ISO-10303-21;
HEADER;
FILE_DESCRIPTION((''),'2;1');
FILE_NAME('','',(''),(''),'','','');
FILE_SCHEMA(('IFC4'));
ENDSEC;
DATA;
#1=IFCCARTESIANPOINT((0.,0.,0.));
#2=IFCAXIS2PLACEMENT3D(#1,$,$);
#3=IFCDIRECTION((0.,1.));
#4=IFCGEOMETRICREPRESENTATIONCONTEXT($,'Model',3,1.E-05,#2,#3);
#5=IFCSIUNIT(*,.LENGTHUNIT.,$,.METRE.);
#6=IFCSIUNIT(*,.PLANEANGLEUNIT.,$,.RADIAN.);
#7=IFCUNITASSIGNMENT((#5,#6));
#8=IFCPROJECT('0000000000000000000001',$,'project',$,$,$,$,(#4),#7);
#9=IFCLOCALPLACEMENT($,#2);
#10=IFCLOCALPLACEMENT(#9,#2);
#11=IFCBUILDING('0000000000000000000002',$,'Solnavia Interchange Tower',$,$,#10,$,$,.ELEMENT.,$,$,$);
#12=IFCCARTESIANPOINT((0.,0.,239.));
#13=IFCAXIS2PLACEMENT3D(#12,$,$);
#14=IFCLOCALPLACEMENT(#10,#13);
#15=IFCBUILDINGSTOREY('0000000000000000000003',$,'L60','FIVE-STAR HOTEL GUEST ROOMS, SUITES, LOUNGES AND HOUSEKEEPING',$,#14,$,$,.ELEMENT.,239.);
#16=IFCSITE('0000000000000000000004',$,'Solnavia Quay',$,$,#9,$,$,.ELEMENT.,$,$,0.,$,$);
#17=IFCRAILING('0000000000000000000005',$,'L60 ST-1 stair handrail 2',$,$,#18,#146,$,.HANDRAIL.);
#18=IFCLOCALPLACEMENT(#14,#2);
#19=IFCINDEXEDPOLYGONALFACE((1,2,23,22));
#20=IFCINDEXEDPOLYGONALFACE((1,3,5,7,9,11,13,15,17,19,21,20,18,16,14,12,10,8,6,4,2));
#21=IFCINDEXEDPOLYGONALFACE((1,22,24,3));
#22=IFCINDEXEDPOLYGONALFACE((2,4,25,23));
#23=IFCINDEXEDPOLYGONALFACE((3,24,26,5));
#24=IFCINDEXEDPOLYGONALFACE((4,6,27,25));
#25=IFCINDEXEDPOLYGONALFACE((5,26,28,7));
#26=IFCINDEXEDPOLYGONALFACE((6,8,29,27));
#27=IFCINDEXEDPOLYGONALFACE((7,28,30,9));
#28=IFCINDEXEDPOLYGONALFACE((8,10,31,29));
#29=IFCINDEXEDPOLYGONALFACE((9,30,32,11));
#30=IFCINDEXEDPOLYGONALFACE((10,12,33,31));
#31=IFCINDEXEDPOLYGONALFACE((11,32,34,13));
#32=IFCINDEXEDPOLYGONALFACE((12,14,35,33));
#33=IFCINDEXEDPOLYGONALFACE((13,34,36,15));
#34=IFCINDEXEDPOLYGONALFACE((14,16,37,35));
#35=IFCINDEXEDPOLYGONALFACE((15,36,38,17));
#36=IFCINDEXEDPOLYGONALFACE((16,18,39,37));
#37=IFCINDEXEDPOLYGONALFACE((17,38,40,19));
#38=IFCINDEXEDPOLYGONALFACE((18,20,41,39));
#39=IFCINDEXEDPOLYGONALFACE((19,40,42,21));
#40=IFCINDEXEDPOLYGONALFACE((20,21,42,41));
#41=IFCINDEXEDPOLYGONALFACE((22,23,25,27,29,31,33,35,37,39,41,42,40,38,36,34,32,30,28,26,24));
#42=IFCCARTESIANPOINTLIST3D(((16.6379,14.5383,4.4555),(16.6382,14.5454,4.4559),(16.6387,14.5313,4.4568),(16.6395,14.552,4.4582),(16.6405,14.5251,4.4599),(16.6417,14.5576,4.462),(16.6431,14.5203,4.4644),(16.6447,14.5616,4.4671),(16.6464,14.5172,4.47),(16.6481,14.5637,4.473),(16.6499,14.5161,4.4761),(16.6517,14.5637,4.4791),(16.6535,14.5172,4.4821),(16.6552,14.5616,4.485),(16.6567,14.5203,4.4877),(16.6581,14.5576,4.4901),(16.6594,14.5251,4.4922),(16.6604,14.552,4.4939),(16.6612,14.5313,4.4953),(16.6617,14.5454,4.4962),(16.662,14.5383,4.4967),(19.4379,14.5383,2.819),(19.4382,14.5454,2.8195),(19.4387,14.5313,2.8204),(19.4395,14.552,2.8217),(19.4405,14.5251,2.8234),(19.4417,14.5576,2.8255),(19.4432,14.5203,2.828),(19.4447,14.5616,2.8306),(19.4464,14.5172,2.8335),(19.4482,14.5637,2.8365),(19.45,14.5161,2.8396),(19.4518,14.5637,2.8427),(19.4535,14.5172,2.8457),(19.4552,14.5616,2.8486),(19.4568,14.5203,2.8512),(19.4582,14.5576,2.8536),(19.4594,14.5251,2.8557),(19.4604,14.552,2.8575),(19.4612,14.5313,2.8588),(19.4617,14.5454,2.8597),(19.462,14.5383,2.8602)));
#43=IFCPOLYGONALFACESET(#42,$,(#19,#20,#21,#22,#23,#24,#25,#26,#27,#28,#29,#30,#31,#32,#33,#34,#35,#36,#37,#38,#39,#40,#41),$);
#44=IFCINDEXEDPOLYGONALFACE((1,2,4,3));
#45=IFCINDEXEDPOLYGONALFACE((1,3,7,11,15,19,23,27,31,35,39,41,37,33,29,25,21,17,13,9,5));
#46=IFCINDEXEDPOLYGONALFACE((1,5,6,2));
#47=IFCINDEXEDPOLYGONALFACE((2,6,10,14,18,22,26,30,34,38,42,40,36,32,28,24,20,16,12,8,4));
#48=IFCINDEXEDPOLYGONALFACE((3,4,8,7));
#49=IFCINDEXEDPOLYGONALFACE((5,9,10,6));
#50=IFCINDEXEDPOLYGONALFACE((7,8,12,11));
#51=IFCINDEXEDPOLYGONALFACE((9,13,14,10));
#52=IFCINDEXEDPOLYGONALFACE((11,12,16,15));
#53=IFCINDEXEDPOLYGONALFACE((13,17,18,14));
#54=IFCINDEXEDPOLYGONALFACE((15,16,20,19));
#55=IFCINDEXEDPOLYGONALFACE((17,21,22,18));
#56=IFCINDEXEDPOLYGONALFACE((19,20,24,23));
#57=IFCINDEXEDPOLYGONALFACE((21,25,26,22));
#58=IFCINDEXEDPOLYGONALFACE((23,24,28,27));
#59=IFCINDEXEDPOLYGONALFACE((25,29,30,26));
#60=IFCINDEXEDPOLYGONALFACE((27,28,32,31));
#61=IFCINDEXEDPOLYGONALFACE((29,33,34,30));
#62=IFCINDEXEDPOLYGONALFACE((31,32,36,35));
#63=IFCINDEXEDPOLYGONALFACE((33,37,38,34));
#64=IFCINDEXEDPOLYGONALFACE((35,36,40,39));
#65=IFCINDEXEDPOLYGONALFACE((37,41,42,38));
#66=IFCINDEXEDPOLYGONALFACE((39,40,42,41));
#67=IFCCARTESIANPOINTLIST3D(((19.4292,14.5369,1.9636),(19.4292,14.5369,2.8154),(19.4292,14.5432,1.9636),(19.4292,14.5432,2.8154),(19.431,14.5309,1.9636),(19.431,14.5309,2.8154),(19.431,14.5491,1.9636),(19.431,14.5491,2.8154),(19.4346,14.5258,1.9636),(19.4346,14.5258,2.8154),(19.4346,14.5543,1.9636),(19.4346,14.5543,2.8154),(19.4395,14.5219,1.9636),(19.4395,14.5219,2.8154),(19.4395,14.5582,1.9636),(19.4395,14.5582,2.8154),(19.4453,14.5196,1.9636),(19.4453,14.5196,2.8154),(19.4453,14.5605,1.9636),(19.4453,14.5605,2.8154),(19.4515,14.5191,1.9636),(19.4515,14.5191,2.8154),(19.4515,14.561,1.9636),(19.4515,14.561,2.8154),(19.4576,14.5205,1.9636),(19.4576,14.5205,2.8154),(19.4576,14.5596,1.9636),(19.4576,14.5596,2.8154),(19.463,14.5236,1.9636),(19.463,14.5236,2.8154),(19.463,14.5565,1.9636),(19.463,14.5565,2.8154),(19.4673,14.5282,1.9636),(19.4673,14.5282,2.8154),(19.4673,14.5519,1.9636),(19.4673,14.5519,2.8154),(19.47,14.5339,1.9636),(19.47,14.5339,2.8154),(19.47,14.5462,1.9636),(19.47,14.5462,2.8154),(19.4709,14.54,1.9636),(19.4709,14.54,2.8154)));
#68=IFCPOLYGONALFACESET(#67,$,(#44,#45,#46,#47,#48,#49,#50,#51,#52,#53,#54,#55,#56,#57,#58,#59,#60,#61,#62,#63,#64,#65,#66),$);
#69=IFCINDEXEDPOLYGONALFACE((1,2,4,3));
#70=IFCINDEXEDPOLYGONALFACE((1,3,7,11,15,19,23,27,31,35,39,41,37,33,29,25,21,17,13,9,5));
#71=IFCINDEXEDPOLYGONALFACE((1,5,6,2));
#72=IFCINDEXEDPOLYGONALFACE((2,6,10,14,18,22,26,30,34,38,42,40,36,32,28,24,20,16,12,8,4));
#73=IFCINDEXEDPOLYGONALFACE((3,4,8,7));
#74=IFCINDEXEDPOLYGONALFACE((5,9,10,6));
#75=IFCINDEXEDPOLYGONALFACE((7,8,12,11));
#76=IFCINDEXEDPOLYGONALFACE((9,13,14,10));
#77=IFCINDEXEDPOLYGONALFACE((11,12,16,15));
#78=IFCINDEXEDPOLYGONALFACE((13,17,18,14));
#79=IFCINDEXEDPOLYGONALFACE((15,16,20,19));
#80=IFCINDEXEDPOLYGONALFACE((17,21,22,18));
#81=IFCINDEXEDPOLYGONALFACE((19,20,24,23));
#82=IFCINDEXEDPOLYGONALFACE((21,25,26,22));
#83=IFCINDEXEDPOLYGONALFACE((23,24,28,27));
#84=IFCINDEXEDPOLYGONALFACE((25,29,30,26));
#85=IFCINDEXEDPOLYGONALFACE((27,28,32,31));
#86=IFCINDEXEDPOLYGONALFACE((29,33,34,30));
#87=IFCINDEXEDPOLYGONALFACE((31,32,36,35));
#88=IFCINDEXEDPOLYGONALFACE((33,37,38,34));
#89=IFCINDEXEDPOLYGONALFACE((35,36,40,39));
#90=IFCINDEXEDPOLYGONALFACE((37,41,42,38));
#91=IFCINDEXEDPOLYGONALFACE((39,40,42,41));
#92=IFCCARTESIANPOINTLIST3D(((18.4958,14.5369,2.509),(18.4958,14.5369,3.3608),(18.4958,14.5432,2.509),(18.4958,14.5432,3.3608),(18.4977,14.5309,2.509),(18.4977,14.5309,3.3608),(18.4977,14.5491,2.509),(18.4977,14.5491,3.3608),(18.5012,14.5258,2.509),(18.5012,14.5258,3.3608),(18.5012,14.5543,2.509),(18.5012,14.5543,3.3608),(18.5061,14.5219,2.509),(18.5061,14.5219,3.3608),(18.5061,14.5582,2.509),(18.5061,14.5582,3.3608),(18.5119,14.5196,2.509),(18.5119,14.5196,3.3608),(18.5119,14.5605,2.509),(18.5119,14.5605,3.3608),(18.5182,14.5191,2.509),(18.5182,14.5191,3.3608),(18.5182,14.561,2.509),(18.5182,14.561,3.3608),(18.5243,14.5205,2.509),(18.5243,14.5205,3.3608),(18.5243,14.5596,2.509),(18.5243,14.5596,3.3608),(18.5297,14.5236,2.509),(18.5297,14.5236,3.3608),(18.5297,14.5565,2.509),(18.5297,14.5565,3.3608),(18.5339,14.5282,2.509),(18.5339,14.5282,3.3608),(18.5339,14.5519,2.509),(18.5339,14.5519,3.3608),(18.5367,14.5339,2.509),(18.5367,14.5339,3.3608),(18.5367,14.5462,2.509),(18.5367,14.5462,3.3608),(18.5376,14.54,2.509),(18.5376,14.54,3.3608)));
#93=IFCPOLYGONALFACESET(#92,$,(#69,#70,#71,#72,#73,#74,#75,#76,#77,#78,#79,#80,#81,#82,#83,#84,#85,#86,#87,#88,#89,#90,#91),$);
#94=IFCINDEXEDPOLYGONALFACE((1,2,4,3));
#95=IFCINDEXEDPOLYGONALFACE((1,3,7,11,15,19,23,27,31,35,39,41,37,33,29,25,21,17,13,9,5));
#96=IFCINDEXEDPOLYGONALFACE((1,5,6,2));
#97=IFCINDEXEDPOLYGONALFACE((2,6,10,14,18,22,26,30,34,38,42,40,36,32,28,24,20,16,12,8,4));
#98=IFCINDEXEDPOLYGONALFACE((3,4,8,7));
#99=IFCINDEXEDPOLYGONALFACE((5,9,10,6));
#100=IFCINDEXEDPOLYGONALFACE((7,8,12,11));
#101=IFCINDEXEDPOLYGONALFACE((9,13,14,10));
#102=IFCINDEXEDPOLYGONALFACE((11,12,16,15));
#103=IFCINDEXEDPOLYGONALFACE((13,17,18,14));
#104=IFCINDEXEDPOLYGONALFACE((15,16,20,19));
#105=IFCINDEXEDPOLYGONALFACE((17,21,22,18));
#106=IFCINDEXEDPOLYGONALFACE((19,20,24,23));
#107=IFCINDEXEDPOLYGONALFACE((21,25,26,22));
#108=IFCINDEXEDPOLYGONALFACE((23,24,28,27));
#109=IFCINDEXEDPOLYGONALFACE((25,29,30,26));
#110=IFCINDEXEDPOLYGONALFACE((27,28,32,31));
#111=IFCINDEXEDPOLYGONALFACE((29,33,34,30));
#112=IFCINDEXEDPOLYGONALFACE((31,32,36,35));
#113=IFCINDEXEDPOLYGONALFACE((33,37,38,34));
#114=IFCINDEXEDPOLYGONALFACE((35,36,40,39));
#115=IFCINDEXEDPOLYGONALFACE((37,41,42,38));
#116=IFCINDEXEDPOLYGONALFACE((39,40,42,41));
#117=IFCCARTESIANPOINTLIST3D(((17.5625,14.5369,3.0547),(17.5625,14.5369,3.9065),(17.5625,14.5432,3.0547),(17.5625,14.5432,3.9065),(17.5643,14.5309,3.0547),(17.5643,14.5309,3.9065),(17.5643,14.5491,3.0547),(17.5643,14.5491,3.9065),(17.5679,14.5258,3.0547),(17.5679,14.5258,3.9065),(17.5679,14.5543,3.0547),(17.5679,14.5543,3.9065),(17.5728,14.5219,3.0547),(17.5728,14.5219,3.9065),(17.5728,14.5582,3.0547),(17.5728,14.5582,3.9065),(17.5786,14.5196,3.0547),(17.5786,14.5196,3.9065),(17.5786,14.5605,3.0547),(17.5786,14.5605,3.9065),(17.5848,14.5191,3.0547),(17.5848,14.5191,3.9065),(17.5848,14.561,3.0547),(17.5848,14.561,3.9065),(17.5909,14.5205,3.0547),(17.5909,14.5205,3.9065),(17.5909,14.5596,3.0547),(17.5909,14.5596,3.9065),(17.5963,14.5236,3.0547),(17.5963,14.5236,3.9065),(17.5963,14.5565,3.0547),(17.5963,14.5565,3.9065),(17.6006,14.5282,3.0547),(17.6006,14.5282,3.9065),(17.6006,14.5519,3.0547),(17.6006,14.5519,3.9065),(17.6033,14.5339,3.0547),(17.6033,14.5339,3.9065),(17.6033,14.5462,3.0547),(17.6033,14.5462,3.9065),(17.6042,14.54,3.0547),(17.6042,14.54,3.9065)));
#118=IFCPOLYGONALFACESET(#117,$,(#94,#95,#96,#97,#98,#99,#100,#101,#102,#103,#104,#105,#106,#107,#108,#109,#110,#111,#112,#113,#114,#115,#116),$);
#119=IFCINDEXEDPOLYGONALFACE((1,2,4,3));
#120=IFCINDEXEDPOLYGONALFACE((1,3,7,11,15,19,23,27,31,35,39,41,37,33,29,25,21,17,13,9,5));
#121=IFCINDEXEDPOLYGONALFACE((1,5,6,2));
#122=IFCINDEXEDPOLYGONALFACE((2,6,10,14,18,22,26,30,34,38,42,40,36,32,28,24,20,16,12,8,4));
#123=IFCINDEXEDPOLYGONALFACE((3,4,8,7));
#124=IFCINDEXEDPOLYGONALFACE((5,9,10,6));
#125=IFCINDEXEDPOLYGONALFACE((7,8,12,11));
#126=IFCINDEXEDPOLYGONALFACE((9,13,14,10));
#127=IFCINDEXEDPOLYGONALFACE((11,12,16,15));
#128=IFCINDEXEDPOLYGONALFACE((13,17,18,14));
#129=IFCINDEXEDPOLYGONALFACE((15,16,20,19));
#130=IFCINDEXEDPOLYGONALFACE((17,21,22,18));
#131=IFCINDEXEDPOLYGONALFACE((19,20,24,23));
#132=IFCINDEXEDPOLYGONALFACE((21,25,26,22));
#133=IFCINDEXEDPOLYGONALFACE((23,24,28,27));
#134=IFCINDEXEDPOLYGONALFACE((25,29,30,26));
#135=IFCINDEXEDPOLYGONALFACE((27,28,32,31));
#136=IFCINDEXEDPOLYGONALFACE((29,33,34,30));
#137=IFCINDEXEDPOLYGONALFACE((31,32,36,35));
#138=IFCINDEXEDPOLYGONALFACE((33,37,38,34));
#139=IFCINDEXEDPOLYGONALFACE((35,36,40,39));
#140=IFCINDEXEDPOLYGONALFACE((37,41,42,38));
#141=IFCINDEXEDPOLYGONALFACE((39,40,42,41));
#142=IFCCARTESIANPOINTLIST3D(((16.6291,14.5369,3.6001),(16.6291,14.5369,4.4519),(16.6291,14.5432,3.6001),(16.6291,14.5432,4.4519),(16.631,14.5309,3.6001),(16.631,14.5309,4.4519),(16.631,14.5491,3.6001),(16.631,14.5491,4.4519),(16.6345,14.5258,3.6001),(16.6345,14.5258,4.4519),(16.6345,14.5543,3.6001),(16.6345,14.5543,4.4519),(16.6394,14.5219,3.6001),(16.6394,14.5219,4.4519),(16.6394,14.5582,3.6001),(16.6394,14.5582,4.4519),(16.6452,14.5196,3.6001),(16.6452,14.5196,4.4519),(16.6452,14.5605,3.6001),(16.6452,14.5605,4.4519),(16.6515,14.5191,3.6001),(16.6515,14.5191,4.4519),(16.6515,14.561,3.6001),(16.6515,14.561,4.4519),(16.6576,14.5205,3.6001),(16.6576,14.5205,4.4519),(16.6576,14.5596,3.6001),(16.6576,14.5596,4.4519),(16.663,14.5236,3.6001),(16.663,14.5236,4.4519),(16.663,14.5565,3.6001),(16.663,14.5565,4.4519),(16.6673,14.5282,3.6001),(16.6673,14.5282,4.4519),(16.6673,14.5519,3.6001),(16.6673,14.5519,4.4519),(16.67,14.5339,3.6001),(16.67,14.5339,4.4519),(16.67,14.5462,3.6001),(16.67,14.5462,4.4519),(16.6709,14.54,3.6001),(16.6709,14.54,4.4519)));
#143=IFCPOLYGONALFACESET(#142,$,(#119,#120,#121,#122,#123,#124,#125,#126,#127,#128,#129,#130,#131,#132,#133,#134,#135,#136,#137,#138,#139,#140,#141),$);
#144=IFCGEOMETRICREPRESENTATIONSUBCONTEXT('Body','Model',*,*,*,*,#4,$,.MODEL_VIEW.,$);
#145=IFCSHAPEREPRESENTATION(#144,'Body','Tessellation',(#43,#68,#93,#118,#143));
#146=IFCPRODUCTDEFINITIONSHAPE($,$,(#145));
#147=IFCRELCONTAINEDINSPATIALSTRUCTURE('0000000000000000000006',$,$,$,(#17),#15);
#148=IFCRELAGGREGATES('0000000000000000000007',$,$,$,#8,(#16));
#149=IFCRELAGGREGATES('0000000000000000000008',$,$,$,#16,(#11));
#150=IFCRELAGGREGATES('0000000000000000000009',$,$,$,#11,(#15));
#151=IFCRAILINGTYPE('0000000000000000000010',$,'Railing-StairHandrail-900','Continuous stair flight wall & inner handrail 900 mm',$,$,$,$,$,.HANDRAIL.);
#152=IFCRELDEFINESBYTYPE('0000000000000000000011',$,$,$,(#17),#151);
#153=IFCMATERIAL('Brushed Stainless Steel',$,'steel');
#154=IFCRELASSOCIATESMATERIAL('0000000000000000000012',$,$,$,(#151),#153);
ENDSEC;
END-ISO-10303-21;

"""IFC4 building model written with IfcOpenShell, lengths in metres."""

from ifc_helpers import new_model, si_unit, direction, frame, origin, origin_2d, place, context, subcontext, project, spatial, circle, extrude, material, type_object, element, save


model = new_model("IFC4")

# Units and contexts
model_context = context("Model", 3, precision=1e-05, world=origin(), true_north=direction((0.0, 1.0)))
body_context = subcontext(model_context, "Body", "Model", "MODEL_VIEW")
ifc_project = project(units=[si_unit("LENGTHUNIT", "METRE"), si_unit("PLANEANGLEUNIT", "RADIAN")], contexts=[model_context])

# Site, building, storey
site_placement = place(None, origin())
site = spatial("IfcSite", under=ifc_project, at=site_placement, Name="Solnavia Quay", CompositionType="ELEMENT", RefElevation=0.0)
building_placement = place(site_placement, origin())
building = spatial("IfcBuilding", under=site, at=building_placement, Name="Solnavia Interchange Tower", CompositionType="ELEMENT")
storey_placement = place(building_placement, frame((0.0, 0.0, 239.0)))
storey = spatial("IfcBuildingStorey", under=building, at=storey_placement, Name="L60", Description="FIVE-STAR HOTEL GUEST ROOMS, SUITES, LOUNGES AND HOUSEKEEPING", CompositionType="ELEMENT", Elevation=239.0)

# Railing
ifc_material_1 = material(Name="Brushed Stainless Steel", Category="steel")
railing_type_1 = type_object("IfcRailingType", Name="Railing-StairHandrail-900", Description="Continuous stair flight wall & inner handrail 900 mm", PredefinedType="HANDRAIL", material=ifc_material_1)
railing_1_placement = place(storey_placement, frame((19.45, 14.54, 1.9636)))
element("IfcRailing", 1, at=railing_1_placement, inside=storey, type_object=railing_type_1, Name="L60 ST-1 stair handrail 2", PredefinedType="HANDRAIL", context=body_context, shape_type="SweptSolid", body=[
    extrude(circle(Radius=0.0239, at=origin_2d()), frame((0.0, 0.0, 0.876), z_axis=(-0.863361, 0.0, 0.504587), x_axis=(0.0, -1.0, 0.0)), (0.0, 0.0, 1.0), 3.2432),
    extrude(circle(Radius=0.021, at=origin_2d()), origin(), (0.0, 0.0, 1.0), 0.8518),
    extrude(circle(Radius=0.021, at=origin_2d()), frame((-0.9333, 0.0, 0.5454)), (0.0, 0.0, 1.0), 0.8518),
    extrude(circle(Radius=0.021, at=origin_2d()), frame((-1.8667, 0.0, 1.0911)), (0.0, 0.0, 1.0), 0.8518),
    extrude(circle(Radius=0.021, at=origin_2d()), frame((-2.8, 0.0, 1.6365)), (0.0, 0.0, 1.0), 0.8518),
])

save(model, "model.ifc")
